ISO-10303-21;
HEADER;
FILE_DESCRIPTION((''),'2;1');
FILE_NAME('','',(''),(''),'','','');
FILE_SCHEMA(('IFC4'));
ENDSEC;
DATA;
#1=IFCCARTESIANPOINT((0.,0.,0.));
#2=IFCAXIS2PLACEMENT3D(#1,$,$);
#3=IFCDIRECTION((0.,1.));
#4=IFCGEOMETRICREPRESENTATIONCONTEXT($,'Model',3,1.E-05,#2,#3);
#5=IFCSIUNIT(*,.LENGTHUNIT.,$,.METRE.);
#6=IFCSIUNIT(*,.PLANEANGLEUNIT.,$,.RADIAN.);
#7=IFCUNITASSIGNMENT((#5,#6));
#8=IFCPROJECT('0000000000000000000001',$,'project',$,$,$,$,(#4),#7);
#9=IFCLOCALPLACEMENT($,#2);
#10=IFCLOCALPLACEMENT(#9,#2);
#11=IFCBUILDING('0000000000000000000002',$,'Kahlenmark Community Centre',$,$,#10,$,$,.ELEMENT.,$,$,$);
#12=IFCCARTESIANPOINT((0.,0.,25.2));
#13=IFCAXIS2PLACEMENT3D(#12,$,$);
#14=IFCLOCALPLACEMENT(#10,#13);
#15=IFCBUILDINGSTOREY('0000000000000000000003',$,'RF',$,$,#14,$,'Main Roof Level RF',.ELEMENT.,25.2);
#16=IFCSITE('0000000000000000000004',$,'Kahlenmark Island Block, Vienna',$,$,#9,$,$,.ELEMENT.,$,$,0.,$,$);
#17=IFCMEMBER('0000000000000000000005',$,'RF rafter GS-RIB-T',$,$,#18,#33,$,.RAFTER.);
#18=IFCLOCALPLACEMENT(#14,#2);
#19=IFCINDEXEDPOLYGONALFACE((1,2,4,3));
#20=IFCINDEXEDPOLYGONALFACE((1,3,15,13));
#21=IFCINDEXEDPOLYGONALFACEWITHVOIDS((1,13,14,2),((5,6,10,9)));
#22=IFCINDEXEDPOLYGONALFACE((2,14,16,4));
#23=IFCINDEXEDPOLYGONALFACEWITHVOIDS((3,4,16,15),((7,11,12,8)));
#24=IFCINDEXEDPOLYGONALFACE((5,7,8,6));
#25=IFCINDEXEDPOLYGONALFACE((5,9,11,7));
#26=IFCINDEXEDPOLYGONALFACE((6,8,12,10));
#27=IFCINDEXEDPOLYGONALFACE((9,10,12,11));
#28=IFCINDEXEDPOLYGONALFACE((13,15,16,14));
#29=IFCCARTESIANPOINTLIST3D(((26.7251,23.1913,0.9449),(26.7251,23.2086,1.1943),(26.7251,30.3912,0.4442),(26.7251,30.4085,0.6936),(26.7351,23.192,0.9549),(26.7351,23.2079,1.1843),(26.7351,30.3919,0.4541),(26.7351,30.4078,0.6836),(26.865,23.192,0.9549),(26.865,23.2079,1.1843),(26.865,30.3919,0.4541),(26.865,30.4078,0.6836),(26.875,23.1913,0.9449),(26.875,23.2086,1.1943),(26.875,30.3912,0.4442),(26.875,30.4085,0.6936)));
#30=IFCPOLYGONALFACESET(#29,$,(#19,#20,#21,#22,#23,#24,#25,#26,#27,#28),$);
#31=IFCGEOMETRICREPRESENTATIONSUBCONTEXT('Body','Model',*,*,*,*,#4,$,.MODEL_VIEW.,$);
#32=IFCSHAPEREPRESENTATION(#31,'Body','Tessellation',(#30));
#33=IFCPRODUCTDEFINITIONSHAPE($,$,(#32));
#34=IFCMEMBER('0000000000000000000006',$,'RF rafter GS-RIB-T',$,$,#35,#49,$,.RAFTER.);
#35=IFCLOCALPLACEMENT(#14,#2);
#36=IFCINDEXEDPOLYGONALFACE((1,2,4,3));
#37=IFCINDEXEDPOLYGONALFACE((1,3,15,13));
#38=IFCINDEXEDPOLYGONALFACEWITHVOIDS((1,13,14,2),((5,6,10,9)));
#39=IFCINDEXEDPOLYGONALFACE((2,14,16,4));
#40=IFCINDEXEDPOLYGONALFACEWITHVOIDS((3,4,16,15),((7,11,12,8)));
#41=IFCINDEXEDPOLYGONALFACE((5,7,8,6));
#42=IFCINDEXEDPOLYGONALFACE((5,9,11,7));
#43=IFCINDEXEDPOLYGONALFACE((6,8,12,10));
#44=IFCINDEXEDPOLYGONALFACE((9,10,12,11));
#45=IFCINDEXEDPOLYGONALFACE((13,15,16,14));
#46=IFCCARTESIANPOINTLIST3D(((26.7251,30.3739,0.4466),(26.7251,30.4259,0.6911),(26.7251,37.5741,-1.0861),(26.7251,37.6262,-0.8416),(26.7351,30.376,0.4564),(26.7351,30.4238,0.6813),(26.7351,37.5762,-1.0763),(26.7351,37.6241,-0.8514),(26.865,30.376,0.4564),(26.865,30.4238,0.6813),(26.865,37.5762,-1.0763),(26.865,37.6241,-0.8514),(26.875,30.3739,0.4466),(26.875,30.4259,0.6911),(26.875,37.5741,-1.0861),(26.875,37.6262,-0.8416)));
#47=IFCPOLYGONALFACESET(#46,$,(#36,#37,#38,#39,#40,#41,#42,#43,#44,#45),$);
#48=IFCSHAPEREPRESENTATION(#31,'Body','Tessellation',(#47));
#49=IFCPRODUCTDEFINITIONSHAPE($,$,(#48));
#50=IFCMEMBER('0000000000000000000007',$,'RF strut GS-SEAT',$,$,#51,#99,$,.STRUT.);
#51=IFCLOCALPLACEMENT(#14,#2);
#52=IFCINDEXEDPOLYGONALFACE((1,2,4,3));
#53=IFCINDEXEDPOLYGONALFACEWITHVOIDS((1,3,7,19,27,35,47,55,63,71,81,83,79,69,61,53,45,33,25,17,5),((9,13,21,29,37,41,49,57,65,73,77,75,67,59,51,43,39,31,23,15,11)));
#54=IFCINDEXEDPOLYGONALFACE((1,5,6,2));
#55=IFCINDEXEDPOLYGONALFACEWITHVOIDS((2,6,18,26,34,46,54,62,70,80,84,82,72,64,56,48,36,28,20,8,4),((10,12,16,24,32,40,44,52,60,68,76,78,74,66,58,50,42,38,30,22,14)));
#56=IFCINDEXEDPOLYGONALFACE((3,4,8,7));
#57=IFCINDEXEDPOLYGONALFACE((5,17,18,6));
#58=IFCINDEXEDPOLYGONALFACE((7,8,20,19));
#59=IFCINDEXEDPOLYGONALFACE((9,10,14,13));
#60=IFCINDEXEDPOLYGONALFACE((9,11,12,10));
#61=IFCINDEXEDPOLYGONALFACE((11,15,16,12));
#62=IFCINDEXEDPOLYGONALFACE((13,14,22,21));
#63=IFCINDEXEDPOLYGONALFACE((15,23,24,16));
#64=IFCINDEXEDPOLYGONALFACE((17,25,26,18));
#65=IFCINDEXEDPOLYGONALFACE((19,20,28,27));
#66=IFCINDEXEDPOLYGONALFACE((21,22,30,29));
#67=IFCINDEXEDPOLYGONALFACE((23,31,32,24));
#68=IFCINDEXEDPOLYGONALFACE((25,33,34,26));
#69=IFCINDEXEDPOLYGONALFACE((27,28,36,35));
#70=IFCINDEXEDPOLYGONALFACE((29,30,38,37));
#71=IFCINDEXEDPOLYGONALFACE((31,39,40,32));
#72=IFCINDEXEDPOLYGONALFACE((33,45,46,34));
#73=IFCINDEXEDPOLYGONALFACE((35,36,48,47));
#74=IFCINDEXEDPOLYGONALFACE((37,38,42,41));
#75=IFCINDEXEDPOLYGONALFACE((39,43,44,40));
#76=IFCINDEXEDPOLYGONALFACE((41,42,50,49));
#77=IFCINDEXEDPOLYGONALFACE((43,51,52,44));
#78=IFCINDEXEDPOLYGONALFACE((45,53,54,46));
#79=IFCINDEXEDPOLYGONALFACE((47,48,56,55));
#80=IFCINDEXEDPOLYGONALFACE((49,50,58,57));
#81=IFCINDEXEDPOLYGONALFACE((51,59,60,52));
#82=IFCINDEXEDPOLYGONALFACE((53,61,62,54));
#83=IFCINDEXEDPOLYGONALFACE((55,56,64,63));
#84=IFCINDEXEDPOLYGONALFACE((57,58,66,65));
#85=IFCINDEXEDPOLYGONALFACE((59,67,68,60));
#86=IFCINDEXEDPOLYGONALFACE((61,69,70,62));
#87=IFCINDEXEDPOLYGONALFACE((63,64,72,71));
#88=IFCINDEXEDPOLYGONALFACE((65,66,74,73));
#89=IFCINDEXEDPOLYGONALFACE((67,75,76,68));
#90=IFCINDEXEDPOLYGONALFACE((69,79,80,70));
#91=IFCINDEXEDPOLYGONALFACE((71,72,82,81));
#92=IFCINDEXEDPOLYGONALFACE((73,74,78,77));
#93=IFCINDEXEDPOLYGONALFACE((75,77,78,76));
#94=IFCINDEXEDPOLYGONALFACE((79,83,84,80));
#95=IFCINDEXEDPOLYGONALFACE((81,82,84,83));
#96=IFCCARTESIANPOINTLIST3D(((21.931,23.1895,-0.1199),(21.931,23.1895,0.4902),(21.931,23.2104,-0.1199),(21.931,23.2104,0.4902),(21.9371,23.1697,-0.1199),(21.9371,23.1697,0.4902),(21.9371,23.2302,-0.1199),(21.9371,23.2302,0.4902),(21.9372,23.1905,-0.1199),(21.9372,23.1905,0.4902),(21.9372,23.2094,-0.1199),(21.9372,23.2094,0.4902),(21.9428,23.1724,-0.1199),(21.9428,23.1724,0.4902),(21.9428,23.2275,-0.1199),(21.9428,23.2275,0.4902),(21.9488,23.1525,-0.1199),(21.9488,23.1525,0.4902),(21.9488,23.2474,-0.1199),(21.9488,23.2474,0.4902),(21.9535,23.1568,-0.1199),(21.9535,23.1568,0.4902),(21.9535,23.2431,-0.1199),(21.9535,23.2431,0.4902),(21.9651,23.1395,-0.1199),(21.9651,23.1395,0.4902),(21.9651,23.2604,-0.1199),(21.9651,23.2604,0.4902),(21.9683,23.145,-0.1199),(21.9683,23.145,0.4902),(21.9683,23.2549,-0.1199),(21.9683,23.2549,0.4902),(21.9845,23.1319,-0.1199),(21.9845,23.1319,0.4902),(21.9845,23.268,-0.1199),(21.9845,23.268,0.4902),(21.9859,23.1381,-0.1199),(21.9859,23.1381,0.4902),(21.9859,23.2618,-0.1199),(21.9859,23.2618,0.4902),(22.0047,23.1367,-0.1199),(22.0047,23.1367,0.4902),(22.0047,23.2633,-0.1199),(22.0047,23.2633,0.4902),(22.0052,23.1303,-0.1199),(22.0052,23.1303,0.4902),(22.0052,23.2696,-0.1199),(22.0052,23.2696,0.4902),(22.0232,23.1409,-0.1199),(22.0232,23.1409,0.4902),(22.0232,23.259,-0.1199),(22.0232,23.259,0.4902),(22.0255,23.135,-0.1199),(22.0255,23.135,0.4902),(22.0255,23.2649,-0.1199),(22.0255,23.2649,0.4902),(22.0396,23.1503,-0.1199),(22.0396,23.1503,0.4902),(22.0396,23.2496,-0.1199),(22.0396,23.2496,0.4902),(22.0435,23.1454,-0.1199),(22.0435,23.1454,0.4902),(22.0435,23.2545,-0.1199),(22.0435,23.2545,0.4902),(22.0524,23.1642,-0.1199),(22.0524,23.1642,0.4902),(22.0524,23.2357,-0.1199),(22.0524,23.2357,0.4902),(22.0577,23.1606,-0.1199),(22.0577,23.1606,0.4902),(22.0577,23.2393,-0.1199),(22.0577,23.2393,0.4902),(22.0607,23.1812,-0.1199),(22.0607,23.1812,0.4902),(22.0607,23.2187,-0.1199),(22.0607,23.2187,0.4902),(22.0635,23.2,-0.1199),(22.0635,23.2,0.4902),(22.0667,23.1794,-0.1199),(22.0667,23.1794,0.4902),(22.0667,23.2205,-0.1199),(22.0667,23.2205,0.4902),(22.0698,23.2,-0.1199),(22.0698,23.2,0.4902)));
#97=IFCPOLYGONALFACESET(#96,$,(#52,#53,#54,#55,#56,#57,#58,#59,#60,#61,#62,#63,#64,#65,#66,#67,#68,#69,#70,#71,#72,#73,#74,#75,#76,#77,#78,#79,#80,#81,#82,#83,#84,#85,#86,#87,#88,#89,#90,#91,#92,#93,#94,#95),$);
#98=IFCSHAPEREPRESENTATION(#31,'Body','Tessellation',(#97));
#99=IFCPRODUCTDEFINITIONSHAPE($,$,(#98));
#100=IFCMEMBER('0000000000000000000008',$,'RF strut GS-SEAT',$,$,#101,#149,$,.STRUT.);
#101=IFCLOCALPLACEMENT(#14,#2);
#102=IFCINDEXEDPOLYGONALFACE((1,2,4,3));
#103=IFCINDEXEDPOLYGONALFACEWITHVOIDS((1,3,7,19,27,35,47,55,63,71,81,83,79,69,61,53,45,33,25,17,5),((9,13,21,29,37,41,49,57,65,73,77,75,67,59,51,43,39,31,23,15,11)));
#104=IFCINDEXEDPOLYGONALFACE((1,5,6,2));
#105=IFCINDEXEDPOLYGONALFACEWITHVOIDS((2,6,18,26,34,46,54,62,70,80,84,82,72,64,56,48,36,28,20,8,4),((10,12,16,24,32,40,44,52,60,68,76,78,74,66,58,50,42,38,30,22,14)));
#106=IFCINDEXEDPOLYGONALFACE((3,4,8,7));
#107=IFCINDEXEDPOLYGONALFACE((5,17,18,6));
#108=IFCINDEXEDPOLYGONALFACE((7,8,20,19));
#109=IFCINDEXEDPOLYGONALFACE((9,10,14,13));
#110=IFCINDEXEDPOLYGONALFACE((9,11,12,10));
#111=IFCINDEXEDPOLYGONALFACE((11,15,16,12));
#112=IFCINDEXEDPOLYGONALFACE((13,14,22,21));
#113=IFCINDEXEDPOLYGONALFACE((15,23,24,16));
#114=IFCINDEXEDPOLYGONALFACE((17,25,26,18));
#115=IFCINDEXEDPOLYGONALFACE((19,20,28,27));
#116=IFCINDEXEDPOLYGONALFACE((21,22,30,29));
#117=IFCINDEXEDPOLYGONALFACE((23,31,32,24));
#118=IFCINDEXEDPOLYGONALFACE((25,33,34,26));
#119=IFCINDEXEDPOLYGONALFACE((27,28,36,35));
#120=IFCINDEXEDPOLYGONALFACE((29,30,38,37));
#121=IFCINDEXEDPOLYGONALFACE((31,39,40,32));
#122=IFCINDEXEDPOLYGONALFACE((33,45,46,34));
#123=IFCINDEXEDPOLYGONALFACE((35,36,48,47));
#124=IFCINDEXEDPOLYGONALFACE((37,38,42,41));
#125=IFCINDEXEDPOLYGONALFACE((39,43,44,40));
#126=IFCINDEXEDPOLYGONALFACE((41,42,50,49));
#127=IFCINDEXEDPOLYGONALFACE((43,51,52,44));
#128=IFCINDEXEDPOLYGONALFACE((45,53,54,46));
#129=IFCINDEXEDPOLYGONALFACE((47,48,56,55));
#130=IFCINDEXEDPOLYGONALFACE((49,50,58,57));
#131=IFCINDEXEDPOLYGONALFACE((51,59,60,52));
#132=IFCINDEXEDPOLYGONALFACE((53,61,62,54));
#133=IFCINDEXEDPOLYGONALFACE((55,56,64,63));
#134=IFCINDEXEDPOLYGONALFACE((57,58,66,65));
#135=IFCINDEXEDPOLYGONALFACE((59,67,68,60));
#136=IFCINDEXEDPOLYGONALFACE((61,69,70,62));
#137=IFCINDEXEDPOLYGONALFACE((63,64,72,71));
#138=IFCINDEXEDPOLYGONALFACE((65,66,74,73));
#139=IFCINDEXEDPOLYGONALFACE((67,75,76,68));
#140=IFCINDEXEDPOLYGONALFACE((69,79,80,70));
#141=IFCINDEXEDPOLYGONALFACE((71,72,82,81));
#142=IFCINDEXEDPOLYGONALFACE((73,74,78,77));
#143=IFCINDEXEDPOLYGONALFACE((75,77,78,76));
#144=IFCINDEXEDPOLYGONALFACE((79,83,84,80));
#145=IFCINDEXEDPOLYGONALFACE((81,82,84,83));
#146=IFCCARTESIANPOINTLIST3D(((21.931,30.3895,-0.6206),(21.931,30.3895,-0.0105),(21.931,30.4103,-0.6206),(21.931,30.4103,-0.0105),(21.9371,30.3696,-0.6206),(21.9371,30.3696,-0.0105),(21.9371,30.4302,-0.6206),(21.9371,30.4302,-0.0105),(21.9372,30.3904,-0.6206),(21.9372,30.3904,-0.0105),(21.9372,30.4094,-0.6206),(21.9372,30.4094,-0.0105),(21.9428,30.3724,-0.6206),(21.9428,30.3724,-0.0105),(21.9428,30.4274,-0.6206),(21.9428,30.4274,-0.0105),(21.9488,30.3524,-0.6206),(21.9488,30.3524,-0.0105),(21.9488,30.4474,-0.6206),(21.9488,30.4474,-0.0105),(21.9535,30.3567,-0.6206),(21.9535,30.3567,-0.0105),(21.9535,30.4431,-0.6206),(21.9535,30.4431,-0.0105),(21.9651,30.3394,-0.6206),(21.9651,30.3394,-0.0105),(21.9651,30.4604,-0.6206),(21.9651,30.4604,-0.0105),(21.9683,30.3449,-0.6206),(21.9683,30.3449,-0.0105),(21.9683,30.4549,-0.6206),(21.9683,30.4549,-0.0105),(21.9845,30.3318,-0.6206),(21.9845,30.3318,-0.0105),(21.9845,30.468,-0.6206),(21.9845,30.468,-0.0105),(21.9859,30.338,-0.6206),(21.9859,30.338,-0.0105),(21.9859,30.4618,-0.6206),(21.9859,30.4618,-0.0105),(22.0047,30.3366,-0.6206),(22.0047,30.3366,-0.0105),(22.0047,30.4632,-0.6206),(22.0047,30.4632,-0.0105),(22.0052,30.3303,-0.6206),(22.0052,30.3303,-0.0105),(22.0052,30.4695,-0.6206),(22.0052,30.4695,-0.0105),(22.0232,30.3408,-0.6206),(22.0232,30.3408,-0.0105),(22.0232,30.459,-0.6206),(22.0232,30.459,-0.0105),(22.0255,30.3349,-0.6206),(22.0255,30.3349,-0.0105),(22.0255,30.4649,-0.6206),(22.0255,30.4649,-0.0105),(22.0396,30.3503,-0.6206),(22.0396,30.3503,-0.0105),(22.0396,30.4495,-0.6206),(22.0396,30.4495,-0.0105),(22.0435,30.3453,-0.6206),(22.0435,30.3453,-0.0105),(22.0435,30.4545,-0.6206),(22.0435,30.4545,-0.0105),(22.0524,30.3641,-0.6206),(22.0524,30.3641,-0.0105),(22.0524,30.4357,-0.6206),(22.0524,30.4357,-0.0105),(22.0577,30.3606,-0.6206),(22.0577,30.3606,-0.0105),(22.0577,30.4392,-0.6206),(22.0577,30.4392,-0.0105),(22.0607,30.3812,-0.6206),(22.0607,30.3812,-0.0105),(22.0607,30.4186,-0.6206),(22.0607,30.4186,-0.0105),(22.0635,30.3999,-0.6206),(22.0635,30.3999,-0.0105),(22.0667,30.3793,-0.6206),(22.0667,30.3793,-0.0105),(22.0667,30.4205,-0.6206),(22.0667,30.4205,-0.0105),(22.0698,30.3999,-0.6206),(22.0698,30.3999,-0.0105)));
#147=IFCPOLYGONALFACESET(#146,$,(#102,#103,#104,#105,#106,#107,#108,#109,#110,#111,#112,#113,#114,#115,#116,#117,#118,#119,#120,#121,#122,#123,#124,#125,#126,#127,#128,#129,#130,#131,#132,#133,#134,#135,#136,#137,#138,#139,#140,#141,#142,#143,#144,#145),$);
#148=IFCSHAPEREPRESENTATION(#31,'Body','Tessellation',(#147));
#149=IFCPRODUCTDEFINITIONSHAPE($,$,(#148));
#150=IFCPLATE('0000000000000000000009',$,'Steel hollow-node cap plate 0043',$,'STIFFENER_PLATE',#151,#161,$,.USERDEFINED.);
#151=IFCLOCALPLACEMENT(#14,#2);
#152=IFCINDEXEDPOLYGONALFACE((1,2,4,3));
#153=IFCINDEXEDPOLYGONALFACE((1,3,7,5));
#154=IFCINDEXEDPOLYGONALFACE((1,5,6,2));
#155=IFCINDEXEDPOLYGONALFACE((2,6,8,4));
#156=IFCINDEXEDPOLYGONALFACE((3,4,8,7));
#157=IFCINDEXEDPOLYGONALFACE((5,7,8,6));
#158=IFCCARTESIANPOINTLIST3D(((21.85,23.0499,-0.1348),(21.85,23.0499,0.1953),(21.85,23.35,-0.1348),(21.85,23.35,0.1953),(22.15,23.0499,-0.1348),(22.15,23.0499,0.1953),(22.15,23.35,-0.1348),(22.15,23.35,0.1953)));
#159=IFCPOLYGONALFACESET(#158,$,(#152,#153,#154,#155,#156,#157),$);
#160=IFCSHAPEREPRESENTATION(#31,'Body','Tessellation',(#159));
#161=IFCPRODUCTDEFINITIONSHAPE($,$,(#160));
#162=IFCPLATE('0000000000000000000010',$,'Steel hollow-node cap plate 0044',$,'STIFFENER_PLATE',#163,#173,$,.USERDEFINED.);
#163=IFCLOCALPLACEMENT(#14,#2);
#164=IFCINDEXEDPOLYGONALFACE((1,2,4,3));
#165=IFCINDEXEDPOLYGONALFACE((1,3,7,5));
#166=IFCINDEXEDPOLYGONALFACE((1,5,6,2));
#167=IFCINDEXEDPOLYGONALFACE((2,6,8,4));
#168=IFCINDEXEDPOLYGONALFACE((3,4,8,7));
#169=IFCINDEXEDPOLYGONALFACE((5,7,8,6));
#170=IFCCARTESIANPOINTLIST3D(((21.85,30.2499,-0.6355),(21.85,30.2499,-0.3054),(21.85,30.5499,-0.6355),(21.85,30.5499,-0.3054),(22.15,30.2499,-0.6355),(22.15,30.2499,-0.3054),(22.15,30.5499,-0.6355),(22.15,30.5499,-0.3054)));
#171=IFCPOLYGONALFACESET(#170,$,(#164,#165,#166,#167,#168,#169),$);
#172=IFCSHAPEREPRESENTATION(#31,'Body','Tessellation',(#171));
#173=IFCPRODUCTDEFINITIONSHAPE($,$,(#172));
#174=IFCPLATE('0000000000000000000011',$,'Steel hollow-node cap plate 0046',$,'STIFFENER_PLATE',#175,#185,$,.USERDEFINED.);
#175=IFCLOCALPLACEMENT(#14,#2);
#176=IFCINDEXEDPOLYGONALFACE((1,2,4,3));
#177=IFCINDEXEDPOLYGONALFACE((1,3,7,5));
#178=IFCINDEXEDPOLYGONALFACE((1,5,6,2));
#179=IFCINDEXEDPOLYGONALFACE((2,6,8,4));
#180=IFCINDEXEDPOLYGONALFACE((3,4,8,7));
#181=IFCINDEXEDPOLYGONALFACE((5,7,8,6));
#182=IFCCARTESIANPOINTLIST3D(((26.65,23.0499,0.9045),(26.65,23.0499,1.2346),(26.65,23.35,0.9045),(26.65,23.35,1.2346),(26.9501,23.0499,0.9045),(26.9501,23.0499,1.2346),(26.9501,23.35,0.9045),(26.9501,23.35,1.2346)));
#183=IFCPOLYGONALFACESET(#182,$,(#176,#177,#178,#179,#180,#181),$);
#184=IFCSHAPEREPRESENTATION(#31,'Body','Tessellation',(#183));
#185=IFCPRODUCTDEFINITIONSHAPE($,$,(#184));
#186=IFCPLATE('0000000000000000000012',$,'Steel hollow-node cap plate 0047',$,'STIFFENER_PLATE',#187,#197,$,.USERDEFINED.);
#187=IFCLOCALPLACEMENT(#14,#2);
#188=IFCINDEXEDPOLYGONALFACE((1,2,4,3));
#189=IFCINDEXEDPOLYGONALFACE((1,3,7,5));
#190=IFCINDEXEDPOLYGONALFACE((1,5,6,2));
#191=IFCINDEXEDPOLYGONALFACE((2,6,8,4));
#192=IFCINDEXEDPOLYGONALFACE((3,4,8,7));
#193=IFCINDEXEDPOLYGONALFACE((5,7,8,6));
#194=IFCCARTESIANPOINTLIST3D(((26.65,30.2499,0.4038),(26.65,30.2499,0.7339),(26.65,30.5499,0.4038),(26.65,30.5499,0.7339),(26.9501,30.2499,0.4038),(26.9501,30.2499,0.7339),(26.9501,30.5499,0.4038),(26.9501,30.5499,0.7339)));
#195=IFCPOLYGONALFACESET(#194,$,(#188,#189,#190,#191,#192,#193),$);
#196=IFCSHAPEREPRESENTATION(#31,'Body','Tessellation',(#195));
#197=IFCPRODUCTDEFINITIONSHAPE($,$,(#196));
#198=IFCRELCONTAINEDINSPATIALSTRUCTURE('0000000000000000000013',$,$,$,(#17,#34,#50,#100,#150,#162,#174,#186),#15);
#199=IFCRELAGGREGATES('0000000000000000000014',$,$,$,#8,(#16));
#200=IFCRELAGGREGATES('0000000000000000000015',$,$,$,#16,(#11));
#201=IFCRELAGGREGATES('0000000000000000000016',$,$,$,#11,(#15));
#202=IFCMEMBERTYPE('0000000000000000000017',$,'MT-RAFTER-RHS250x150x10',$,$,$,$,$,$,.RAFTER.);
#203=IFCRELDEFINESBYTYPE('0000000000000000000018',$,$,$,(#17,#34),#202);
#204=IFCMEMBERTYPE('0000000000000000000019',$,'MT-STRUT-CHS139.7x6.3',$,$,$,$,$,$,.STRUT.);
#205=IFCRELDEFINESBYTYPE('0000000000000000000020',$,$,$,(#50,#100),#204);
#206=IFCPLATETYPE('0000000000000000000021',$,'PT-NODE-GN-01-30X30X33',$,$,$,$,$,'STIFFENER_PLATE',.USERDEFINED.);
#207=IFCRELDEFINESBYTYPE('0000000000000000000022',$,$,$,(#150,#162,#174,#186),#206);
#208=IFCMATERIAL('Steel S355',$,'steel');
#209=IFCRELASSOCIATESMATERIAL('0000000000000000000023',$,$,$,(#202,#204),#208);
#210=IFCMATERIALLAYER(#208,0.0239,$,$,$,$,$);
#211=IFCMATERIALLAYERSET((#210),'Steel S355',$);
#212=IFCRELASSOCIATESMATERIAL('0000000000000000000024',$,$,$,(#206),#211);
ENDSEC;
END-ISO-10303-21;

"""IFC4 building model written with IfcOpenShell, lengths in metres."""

from ifc_helpers import new_model, si_unit, direction, frame, origin, origin_2d, place, context, subcontext, project, spatial, rectangle, hollow_rectangle, hollow_circle, extrude, material, layer, layer_set, material_profile, profile_set, type_object, element, save


model = new_model("IFC4")

# Units and contexts
model_context = context("Model", 3, precision=1e-05, world=origin(), true_north=direction((0.0, 1.0)))
body_context = subcontext(model_context, "Body", "Model", "MODEL_VIEW")
ifc_project = project(units=[si_unit("LENGTHUNIT", "METRE"), si_unit("PLANEANGLEUNIT", "RADIAN")], contexts=[model_context])

# Site, building, storey
site_placement = place(None, origin())
site = spatial("IfcSite", under=ifc_project, at=site_placement, Name="Kahlenmark Island Block, Vienna", CompositionType="ELEMENT", RefElevation=0.0)
building_placement = place(site_placement, origin())
building = spatial("IfcBuilding", under=site, at=building_placement, Name="Kahlenmark Community Centre", CompositionType="ELEMENT")
storey_placement = place(building_placement, frame((0.0, 0.0, 25.2)))
storey = spatial("IfcBuildingStorey", under=building, at=storey_placement, Name="RF", LongName="Main Roof Level RF", CompositionType="ELEMENT", Elevation=25.2)

# Members
ifc_material_1 = material(Name="Steel S355", Category="steel")
ifc_material_profile_1 = material_profile(ifc_material_1, hollow_rectangle(XDim=0.1499, YDim=0.25, WallThickness=0.01, at=origin_2d()), Name="RHS 250x150x10")
ifc_profile_set_1 = profile_set([ifc_material_profile_1], Name="Steel S355")
member_type_1 = type_object("IfcMemberType", Name="MT-RAFTER-RHS250x150x10", PredefinedType="RAFTER", material=ifc_profile_set_1)
member_1_placement = place(storey_placement, frame((26.8, 23.2, 1.0696), z_axis=(0.0, 0.99759, -0.069379), x_axis=(-1.0, 0.0, 0.0)))
element("IfcMember", 1, at=member_1_placement, inside=storey, type_object=member_type_1, Name="RF rafter GS-RIB-T", PredefinedType="RAFTER", context=body_context, shape_type="SweptSolid", body=[
    extrude(hollow_rectangle(XDim=0.1499, YDim=0.25, WallThickness=0.01, at=origin_2d()), origin(), (0.0, 0.0, 1.0), 7.2173),
])
member_2_placement = place(storey_placement, frame((26.8, 30.3999, 0.5688), z_axis=(0.0, 0.978085, -0.208206), x_axis=(-1.0, 0.0, 0.0)))
element("IfcMember", 2, at=member_2_placement, inside=storey, type_object=member_type_1, Name="RF rafter GS-RIB-T", PredefinedType="RAFTER", context=body_context, shape_type="SweptSolid", body=[
    extrude(hollow_rectangle(XDim=0.1499, YDim=0.25, WallThickness=0.01, at=origin_2d()), origin(), (0.0, 0.0, 1.0), 7.3616),
])
ifc_material_profile_2 = material_profile(ifc_material_1, hollow_circle(Radius=0.0698, WallThickness=0.0063, at=origin_2d()), Name="CHS 139.7x6.3")
ifc_profile_set_2 = profile_set([ifc_material_profile_2], Name="Steel S355")
member_type_2 = type_object("IfcMemberType", Name="MT-STRUT-CHS139.7x6.3", PredefinedType="STRUT", material=ifc_profile_set_2)
for number, where, z_axis, x_axis, name in (
    (3, (22.0, 23.2, -0.1199), (0.0, 0.0, 1.0), (1.0, 0.0, 0.0), "RF strut GS-SEAT"),
    (4, (22.0, 30.3999, -0.6206), (0.0, 0.0, 1.0), (1.0, 0.0, 0.0), "RF strut GS-SEAT"),
):
    element("IfcMember", number, at=place(storey_placement, frame(where, z_axis=z_axis, x_axis=x_axis)), inside=storey, type_object=member_type_2, Name=name, PredefinedType="STRUT", context=body_context, shape_type="SweptSolid", body=[
        extrude(hollow_circle(Radius=0.0698, WallThickness=0.0063, at=origin_2d()), origin(), (0.0, 0.0, 1.0), 0.6101),
    ])

# Plates
ifc_layer_1 = layer(ifc_material_1, 0.0239)
ifc_layer_set_1 = layer_set([ifc_layer_1], Name="Steel S355")
plate_type_1 = type_object("IfcPlateType", Name="PT-NODE-GN-01-30X30X33", ElementType="STIFFENER_PLATE", PredefinedType="USERDEFINED", material=ifc_layer_set_1)
for number, where, z_axis, x_axis, name in (
    (5, (22.0, 23.2, -0.1348), (0.0, 0.0, 1.0), (1.0, 0.0, 0.0), "Steel hollow-node cap plate 0043"),
    (6, (22.0, 30.3999, -0.6355), (0.0, 0.0, 1.0), (1.0, 0.0, 0.0), "Steel hollow-node cap plate 0044"),
    (7, (26.8, 23.2, 0.9045), (0.0, 0.0, 1.0), (1.0, 0.0, 0.0), "Steel hollow-node cap plate 0046"),
    (8, (26.8, 30.3999, 0.4038), (0.0, 0.0, 1.0), (1.0, 0.0, 0.0), "Steel hollow-node cap plate 0047"),
):
    element("IfcPlate", number, at=place(storey_placement, frame(where, z_axis=z_axis, x_axis=x_axis)), inside=storey, type_object=plate_type_1, Name=name, ObjectType="STIFFENER_PLATE", PredefinedType="USERDEFINED", context=body_context, shape_type="SweptSolid", body=[
        extrude(rectangle(XDim=0.3, YDim=0.3, at=origin_2d()), origin(), (0.0, 0.0, 1.0), 0.3301),
    ])

save(model, "model.ifc")
